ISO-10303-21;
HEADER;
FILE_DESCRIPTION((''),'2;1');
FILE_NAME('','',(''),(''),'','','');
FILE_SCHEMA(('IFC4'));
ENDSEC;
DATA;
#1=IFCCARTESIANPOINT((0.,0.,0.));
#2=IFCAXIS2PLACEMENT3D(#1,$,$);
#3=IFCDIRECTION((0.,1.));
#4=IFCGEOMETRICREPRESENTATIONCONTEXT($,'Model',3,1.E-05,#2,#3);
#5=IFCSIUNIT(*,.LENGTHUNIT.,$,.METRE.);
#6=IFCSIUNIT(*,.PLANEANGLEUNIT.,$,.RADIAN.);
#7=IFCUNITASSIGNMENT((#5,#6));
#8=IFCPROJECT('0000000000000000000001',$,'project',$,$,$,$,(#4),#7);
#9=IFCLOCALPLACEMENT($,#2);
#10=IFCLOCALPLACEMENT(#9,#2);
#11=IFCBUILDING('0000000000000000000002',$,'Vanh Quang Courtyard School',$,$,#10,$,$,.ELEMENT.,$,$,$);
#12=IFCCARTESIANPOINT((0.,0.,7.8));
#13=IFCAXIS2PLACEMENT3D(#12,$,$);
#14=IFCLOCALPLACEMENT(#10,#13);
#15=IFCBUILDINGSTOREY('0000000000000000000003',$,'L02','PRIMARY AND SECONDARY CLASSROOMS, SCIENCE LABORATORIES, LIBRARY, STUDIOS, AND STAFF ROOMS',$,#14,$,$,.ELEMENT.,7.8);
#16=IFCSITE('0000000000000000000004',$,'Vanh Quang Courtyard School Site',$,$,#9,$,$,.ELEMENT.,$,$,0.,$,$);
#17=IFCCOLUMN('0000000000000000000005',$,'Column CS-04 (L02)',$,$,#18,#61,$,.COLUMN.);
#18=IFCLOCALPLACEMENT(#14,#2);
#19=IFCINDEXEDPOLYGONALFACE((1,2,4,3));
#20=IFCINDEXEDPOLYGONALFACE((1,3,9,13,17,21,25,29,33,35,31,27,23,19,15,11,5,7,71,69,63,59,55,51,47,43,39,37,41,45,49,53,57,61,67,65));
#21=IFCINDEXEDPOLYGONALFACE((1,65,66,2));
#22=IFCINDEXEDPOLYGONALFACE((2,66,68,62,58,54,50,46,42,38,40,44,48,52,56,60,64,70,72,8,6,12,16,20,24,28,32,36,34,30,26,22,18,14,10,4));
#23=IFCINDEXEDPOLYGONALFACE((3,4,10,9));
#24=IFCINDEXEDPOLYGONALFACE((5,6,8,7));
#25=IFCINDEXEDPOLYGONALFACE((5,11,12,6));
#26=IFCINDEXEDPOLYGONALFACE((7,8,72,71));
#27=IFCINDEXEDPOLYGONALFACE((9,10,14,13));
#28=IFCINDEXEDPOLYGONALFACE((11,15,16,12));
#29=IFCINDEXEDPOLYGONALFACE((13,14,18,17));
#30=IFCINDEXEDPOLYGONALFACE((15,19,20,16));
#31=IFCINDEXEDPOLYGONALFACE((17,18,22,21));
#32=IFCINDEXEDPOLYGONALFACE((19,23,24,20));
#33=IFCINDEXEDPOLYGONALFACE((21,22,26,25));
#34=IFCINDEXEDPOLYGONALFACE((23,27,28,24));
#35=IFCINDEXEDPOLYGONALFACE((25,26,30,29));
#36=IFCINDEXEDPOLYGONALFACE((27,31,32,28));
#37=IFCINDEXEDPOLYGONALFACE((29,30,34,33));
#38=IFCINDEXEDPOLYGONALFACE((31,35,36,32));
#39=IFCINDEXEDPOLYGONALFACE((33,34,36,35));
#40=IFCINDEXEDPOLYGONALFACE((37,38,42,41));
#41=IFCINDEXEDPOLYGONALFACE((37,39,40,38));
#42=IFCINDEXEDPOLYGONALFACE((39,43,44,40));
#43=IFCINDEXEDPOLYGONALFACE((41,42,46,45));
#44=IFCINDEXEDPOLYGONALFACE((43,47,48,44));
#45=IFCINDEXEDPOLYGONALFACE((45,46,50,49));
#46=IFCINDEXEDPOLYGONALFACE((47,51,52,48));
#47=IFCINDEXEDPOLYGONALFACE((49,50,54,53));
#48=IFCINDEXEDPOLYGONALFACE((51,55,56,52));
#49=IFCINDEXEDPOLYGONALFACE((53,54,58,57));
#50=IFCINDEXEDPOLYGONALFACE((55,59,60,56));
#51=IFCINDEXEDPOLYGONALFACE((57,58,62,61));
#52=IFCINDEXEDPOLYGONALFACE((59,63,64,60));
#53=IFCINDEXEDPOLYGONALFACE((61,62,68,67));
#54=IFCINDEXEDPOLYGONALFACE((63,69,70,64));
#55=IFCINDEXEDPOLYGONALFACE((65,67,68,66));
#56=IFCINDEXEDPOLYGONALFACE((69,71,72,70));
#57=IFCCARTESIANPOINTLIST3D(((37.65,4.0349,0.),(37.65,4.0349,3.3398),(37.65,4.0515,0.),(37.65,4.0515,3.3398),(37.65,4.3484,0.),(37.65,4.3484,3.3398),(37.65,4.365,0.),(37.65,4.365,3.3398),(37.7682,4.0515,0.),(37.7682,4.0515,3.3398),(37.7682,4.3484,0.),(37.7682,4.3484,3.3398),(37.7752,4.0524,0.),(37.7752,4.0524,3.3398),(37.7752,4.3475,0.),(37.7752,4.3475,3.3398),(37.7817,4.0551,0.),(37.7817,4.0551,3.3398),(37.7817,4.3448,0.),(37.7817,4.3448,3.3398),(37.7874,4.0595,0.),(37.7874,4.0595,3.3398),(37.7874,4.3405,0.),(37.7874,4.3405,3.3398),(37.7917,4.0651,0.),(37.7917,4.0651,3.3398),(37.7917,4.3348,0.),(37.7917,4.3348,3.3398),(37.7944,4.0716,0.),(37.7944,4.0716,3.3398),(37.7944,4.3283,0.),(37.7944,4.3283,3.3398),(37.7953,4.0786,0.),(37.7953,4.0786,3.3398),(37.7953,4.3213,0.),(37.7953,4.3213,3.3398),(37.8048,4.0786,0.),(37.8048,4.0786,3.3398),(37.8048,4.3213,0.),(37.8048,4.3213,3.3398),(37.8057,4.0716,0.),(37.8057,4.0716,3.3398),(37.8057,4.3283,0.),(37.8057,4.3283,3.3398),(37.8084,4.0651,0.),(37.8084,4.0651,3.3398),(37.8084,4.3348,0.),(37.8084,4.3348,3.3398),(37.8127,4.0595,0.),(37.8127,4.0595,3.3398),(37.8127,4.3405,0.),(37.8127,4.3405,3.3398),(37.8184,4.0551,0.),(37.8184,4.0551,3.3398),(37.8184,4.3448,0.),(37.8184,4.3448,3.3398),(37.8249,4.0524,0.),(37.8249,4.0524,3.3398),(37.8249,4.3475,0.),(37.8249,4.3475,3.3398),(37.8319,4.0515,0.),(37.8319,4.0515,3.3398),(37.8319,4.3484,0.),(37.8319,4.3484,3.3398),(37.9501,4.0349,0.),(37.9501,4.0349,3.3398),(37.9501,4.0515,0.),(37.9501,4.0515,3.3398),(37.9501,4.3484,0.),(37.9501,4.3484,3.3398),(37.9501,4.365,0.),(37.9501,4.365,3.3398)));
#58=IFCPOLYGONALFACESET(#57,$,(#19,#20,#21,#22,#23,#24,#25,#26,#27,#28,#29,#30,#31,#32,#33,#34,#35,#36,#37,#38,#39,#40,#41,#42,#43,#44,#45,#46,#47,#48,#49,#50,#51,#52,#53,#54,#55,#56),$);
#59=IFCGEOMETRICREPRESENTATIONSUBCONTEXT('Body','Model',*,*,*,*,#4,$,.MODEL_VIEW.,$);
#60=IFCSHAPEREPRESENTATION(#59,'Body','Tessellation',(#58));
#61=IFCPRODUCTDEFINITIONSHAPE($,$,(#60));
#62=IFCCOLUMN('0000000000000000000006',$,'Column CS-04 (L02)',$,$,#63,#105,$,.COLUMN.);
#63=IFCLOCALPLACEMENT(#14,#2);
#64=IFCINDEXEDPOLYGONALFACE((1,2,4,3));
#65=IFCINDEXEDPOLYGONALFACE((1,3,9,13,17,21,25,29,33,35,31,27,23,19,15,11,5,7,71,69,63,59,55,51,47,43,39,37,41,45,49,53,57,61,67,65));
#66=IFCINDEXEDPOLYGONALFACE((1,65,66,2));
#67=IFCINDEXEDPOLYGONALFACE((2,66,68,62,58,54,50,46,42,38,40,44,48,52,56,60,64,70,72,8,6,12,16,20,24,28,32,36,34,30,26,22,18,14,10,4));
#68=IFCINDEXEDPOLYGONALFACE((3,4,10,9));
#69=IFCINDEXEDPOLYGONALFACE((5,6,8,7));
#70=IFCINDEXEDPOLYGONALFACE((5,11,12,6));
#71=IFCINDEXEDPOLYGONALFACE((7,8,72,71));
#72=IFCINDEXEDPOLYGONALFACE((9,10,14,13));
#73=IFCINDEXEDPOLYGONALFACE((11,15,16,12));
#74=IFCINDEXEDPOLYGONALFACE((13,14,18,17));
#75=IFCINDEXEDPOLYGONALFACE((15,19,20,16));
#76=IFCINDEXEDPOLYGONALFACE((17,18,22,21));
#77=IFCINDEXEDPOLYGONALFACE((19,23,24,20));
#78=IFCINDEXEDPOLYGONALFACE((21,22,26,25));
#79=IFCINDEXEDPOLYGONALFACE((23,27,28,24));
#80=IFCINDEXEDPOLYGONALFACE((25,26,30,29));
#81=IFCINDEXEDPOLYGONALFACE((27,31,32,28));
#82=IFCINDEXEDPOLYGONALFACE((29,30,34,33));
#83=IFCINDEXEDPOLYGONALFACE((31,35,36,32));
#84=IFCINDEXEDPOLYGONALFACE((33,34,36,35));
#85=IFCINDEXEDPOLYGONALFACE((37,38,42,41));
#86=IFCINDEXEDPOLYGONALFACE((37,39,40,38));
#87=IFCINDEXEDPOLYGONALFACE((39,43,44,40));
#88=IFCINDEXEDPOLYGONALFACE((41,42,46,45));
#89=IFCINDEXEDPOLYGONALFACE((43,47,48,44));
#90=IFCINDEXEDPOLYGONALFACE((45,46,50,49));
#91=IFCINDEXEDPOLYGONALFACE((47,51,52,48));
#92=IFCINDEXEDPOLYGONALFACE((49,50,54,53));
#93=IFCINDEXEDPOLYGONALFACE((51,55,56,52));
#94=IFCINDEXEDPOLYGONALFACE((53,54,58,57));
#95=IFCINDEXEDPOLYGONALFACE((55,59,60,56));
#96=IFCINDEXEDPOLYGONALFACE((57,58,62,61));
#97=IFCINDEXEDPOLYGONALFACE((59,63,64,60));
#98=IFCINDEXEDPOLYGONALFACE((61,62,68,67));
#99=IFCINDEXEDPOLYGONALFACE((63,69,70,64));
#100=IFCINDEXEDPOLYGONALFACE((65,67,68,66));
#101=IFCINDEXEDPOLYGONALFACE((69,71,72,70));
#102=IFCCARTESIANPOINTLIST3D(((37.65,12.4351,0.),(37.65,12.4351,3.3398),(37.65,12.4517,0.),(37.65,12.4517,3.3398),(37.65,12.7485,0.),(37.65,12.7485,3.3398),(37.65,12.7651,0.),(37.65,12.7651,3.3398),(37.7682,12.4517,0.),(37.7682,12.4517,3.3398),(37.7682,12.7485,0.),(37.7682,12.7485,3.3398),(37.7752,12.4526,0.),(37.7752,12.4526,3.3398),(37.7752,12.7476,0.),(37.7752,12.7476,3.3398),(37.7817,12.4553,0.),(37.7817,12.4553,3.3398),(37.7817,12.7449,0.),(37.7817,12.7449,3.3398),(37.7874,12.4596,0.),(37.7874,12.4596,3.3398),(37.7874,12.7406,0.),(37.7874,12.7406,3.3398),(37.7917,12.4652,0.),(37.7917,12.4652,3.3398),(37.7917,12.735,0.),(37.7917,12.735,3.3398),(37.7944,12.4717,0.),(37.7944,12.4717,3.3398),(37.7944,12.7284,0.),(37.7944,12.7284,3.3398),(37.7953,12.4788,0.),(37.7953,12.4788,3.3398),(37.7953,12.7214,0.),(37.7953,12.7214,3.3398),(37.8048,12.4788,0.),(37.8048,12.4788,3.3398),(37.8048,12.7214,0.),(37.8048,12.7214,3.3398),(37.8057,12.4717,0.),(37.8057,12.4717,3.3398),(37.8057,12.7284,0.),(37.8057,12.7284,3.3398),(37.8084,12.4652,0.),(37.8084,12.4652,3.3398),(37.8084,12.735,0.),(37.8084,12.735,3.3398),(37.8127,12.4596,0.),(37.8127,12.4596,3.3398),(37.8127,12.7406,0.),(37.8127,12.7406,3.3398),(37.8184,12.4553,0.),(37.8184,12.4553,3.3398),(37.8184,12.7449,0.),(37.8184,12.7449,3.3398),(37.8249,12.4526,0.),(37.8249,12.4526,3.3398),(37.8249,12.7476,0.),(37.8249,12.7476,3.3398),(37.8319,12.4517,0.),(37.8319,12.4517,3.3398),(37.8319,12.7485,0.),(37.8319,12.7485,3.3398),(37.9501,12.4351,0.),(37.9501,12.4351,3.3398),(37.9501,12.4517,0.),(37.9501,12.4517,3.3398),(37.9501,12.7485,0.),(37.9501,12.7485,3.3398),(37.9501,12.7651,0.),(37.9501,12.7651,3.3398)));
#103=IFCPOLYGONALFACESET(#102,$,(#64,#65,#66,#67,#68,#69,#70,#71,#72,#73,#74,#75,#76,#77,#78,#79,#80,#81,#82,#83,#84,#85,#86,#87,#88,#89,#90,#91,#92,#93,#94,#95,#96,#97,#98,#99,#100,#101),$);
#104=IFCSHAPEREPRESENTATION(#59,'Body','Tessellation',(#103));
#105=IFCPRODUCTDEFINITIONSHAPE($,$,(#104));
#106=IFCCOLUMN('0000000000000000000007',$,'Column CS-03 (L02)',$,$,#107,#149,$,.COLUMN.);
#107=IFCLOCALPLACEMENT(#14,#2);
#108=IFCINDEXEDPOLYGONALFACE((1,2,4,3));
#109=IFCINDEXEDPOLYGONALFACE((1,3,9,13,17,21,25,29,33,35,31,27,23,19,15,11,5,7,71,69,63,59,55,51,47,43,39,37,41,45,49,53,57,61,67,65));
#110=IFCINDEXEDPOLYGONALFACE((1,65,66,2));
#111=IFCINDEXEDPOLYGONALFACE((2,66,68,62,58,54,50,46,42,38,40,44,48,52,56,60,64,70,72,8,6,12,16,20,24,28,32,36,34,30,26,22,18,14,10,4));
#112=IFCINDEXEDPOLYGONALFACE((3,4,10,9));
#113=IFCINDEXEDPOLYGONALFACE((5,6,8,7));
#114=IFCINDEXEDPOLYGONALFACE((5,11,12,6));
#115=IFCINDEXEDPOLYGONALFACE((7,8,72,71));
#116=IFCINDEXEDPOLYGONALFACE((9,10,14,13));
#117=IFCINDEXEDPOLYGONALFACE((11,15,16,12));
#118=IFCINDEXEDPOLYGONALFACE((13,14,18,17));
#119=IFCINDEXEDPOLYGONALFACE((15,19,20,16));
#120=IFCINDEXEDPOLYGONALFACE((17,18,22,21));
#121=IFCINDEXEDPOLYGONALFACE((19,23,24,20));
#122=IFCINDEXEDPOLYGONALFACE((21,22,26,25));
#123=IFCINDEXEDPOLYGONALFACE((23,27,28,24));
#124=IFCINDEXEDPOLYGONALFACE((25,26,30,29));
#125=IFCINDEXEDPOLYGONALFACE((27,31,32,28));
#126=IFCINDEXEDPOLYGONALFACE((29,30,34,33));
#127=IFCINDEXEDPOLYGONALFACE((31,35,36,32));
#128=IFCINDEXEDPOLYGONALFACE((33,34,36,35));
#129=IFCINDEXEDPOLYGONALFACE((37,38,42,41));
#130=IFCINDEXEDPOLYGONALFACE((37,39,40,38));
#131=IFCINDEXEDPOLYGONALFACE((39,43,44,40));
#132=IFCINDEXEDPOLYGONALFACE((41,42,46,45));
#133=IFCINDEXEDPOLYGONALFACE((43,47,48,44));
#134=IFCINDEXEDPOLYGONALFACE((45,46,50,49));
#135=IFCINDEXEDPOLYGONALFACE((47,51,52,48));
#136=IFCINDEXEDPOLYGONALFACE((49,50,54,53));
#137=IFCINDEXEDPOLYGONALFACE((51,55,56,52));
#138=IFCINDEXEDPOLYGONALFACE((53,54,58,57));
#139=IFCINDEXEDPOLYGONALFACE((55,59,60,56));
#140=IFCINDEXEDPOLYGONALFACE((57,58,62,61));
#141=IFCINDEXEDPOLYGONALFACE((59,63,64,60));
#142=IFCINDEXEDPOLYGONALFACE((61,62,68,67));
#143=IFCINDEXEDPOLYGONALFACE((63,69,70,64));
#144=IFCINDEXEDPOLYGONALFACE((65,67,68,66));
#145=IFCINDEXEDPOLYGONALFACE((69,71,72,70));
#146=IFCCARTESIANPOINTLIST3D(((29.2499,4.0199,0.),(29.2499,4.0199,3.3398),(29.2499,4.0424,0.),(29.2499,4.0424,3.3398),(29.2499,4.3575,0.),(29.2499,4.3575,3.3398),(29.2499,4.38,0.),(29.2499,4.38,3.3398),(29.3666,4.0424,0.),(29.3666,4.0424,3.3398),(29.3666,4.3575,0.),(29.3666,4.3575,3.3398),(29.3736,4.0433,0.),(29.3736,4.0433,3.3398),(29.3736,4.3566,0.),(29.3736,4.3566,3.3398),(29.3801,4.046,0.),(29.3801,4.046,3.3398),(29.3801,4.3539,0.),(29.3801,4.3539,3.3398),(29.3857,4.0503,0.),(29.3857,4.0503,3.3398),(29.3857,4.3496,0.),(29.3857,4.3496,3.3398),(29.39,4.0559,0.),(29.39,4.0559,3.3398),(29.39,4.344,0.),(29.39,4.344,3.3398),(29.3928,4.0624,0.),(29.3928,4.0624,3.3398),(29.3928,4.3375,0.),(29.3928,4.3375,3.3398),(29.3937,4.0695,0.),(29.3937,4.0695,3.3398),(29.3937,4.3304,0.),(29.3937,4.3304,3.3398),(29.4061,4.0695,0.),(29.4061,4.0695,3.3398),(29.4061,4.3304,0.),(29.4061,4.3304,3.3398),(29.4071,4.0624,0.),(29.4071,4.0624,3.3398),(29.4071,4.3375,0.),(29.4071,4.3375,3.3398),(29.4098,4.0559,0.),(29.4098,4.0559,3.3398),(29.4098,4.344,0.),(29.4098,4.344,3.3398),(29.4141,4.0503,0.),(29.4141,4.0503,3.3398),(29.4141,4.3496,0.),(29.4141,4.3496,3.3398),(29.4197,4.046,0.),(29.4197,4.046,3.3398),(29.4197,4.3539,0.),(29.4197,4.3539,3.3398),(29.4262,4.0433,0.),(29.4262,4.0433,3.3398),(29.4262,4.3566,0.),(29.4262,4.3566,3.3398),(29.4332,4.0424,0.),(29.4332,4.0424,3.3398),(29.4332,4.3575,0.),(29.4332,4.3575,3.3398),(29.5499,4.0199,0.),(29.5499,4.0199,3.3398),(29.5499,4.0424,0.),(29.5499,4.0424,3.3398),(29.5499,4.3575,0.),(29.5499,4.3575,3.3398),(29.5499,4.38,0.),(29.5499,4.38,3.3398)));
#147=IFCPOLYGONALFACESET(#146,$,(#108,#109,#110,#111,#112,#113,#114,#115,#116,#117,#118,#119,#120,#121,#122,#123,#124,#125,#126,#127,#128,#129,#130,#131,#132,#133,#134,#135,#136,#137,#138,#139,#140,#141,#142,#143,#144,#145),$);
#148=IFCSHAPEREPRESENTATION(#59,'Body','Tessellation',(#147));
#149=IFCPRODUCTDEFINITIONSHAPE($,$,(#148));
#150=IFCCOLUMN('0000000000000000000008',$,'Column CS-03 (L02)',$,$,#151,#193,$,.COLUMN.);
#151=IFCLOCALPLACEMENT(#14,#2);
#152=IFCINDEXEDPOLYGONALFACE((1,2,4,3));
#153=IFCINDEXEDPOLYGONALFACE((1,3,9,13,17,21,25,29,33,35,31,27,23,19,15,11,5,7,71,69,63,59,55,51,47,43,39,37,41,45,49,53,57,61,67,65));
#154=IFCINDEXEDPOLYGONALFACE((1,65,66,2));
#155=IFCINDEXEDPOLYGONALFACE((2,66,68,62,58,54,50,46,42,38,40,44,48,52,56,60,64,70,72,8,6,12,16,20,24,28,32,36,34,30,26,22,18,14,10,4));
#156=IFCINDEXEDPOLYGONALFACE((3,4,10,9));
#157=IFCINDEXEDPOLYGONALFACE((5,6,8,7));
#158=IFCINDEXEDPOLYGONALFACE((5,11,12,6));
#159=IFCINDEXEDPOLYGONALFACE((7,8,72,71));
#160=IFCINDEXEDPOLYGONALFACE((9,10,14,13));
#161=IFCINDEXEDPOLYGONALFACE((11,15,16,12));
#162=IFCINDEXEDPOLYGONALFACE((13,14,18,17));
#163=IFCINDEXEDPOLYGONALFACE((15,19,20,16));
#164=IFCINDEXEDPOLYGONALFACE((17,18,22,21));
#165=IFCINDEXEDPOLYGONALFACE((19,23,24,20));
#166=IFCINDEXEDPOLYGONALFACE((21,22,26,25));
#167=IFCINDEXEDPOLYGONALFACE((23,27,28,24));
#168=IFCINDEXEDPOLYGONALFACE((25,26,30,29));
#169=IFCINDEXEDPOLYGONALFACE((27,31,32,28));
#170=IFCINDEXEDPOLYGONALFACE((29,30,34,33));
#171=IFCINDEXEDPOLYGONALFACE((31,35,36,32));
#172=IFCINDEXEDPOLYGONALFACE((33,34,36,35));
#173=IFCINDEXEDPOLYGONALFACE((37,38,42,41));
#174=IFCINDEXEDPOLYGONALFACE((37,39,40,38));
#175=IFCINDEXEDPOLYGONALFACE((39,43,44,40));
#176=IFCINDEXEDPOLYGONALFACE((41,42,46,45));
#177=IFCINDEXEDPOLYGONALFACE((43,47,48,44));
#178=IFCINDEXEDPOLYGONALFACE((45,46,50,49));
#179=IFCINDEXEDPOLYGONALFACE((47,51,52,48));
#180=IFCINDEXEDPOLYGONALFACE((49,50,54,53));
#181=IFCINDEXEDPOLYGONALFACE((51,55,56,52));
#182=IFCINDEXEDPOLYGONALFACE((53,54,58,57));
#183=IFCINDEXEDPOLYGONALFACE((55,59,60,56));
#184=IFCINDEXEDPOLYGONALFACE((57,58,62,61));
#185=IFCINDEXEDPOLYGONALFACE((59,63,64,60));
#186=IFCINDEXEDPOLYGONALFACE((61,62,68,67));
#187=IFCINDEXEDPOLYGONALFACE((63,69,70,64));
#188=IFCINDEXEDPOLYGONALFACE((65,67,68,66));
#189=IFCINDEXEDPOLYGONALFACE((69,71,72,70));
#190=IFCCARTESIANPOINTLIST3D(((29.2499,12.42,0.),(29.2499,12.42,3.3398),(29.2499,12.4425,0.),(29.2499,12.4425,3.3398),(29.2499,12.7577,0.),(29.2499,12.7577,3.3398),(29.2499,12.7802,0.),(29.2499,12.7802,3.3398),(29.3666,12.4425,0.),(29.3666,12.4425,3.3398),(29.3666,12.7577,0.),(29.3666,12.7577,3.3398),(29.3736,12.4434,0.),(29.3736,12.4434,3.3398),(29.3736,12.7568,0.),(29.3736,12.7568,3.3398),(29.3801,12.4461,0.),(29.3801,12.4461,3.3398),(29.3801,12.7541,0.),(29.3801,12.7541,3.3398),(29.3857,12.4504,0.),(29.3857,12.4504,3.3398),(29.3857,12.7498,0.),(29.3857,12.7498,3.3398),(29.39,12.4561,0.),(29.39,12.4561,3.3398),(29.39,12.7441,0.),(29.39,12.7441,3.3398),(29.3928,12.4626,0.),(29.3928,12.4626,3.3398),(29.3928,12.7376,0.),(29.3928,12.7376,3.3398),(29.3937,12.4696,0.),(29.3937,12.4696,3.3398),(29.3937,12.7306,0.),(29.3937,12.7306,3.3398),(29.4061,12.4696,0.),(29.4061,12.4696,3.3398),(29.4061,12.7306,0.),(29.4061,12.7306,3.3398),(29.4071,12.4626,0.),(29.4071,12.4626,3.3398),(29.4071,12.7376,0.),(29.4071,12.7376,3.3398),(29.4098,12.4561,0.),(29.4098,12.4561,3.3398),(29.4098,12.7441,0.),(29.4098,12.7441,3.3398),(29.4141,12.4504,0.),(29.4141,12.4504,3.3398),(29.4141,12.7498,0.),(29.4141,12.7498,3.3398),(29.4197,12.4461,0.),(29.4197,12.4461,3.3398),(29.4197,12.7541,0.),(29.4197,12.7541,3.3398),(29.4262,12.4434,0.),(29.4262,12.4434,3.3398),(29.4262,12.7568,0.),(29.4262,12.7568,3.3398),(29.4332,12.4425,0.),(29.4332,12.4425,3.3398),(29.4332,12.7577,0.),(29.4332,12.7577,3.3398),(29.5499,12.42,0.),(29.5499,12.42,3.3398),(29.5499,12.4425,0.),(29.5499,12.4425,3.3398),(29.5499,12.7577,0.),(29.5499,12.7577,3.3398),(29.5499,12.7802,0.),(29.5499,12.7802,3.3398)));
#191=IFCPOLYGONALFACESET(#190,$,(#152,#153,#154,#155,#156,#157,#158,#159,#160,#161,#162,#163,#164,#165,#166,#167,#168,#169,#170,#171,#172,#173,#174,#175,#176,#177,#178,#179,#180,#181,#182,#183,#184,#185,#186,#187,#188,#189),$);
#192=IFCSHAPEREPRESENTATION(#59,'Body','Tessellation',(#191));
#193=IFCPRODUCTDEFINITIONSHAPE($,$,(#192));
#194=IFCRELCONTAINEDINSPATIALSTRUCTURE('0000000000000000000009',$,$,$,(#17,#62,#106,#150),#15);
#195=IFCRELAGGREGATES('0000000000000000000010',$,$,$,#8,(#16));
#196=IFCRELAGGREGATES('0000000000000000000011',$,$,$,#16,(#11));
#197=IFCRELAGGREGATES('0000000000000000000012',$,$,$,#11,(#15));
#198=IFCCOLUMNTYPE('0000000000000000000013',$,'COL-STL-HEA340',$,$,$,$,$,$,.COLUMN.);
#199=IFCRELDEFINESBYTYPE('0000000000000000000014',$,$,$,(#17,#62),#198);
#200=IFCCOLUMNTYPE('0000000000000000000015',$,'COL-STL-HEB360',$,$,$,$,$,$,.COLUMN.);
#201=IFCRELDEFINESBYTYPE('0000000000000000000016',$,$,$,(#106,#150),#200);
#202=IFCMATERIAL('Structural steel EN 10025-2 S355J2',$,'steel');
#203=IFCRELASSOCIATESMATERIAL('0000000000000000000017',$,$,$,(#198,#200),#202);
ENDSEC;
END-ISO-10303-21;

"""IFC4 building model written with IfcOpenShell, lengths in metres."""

from ifc_helpers import new_model, si_unit, direction, frame, origin, origin_2d, place, context, subcontext, project, spatial, i_section, extrude, material, material_profile, profile_set, type_object, element, save


model = new_model("IFC4")

# Units and contexts
model_context = context("Model", 3, precision=1e-05, world=origin(), true_north=direction((0.0, 1.0)))
body_context = subcontext(model_context, "Body", "Model", "MODEL_VIEW")
ifc_project = project(units=[si_unit("LENGTHUNIT", "METRE"), si_unit("PLANEANGLEUNIT", "RADIAN")], contexts=[model_context])

# Site, building, storey
site_placement = place(None, origin())
site = spatial("IfcSite", under=ifc_project, at=site_placement, Name="Vanh Quang Courtyard School Site", CompositionType="ELEMENT", RefElevation=0.0)
building_placement = place(site_placement, origin())
building = spatial("IfcBuilding", under=site, at=building_placement, Name="Vanh Quang Courtyard School", CompositionType="ELEMENT")
storey_placement = place(building_placement, frame((0.0, 0.0, 7.8)))
storey = spatial("IfcBuildingStorey", under=building, at=storey_placement, Name="L02", Description="PRIMARY AND SECONDARY CLASSROOMS, SCIENCE LABORATORIES, LIBRARY, STUDIOS, AND STAFF ROOMS", CompositionType="ELEMENT", Elevation=7.8)

# Columns
ifc_material_1 = material(Name="Structural steel EN 10025-2 S355J2", Category="steel")
ifc_material_profile_1 = material_profile(ifc_material_1, i_section(OverallWidth=0.3, OverallDepth=0.3301, WebThickness=0.0095, FlangeThickness=0.0166, FilletRadius=0.0271, at=origin_2d()), Name="HEA 340")
ifc_profile_set_1 = profile_set([ifc_material_profile_1], Name="Structural steel EN 10025-2 S355J2")
column_type_1 = type_object("IfcColumnType", Name="COL-STL-HEA340", PredefinedType="COLUMN", material=ifc_profile_set_1)
for number, where, z_axis, x_axis, name in (
    (1, (37.8, 4.2, 0.0), (0.0, 0.0, 1.0), (1.0, 0.0, 0.0), "Column CS-04 (L02)"),
    (2, (37.8, 12.6001, 0.0), (0.0, 0.0, 1.0), (1.0, 0.0, 0.0), "Column CS-04 (L02)"),
):
    element("IfcColumn", number, at=place(storey_placement, frame(where, z_axis=z_axis, x_axis=x_axis)), inside=storey, type_object=column_type_1, Name=name, PredefinedType="COLUMN", context=body_context, shape_type="SweptSolid", body=[
        extrude(i_section(OverallWidth=0.3, OverallDepth=0.3301, WebThickness=0.0095, FlangeThickness=0.0166, FilletRadius=0.0271, at=origin_2d()), origin(), (0.0, 0.0, 1.0), 3.3398),
    ])
ifc_material_profile_2 = material_profile(ifc_material_1, i_section(OverallWidth=0.3, OverallDepth=0.3601, WebThickness=0.0125, FlangeThickness=0.0225, FilletRadius=0.0271, at=origin_2d()), Name="HEB 360")
ifc_profile_set_2 = profile_set([ifc_material_profile_2], Name="Structural steel EN 10025-2 S355J2")
column_type_2 = type_object("IfcColumnType", Name="COL-STL-HEB360", PredefinedType="COLUMN", material=ifc_profile_set_2)
for number, where, z_axis, x_axis, name in (
    (3, (29.3999, 4.2, 0.0), (0.0, 0.0, 1.0), (1.0, 0.0, 0.0), "Column CS-03 (L02)"),
    (4, (29.3999, 12.6001, 0.0), (0.0, 0.0, 1.0), (1.0, 0.0, 0.0), "Column CS-03 (L02)"),
):
    element("IfcColumn", number, at=place(storey_placement, frame(where, z_axis=z_axis, x_axis=x_axis)), inside=storey, type_object=column_type_2, Name=name, PredefinedType="COLUMN", context=body_context, shape_type="SweptSolid", body=[
        extrude(i_section(OverallWidth=0.3, OverallDepth=0.3601, WebThickness=0.0125, FlangeThickness=0.0225, FilletRadius=0.0271, at=origin_2d()), origin(), (0.0, 0.0, 1.0), 3.3398),
    ])

save(model, "model.ifc")
